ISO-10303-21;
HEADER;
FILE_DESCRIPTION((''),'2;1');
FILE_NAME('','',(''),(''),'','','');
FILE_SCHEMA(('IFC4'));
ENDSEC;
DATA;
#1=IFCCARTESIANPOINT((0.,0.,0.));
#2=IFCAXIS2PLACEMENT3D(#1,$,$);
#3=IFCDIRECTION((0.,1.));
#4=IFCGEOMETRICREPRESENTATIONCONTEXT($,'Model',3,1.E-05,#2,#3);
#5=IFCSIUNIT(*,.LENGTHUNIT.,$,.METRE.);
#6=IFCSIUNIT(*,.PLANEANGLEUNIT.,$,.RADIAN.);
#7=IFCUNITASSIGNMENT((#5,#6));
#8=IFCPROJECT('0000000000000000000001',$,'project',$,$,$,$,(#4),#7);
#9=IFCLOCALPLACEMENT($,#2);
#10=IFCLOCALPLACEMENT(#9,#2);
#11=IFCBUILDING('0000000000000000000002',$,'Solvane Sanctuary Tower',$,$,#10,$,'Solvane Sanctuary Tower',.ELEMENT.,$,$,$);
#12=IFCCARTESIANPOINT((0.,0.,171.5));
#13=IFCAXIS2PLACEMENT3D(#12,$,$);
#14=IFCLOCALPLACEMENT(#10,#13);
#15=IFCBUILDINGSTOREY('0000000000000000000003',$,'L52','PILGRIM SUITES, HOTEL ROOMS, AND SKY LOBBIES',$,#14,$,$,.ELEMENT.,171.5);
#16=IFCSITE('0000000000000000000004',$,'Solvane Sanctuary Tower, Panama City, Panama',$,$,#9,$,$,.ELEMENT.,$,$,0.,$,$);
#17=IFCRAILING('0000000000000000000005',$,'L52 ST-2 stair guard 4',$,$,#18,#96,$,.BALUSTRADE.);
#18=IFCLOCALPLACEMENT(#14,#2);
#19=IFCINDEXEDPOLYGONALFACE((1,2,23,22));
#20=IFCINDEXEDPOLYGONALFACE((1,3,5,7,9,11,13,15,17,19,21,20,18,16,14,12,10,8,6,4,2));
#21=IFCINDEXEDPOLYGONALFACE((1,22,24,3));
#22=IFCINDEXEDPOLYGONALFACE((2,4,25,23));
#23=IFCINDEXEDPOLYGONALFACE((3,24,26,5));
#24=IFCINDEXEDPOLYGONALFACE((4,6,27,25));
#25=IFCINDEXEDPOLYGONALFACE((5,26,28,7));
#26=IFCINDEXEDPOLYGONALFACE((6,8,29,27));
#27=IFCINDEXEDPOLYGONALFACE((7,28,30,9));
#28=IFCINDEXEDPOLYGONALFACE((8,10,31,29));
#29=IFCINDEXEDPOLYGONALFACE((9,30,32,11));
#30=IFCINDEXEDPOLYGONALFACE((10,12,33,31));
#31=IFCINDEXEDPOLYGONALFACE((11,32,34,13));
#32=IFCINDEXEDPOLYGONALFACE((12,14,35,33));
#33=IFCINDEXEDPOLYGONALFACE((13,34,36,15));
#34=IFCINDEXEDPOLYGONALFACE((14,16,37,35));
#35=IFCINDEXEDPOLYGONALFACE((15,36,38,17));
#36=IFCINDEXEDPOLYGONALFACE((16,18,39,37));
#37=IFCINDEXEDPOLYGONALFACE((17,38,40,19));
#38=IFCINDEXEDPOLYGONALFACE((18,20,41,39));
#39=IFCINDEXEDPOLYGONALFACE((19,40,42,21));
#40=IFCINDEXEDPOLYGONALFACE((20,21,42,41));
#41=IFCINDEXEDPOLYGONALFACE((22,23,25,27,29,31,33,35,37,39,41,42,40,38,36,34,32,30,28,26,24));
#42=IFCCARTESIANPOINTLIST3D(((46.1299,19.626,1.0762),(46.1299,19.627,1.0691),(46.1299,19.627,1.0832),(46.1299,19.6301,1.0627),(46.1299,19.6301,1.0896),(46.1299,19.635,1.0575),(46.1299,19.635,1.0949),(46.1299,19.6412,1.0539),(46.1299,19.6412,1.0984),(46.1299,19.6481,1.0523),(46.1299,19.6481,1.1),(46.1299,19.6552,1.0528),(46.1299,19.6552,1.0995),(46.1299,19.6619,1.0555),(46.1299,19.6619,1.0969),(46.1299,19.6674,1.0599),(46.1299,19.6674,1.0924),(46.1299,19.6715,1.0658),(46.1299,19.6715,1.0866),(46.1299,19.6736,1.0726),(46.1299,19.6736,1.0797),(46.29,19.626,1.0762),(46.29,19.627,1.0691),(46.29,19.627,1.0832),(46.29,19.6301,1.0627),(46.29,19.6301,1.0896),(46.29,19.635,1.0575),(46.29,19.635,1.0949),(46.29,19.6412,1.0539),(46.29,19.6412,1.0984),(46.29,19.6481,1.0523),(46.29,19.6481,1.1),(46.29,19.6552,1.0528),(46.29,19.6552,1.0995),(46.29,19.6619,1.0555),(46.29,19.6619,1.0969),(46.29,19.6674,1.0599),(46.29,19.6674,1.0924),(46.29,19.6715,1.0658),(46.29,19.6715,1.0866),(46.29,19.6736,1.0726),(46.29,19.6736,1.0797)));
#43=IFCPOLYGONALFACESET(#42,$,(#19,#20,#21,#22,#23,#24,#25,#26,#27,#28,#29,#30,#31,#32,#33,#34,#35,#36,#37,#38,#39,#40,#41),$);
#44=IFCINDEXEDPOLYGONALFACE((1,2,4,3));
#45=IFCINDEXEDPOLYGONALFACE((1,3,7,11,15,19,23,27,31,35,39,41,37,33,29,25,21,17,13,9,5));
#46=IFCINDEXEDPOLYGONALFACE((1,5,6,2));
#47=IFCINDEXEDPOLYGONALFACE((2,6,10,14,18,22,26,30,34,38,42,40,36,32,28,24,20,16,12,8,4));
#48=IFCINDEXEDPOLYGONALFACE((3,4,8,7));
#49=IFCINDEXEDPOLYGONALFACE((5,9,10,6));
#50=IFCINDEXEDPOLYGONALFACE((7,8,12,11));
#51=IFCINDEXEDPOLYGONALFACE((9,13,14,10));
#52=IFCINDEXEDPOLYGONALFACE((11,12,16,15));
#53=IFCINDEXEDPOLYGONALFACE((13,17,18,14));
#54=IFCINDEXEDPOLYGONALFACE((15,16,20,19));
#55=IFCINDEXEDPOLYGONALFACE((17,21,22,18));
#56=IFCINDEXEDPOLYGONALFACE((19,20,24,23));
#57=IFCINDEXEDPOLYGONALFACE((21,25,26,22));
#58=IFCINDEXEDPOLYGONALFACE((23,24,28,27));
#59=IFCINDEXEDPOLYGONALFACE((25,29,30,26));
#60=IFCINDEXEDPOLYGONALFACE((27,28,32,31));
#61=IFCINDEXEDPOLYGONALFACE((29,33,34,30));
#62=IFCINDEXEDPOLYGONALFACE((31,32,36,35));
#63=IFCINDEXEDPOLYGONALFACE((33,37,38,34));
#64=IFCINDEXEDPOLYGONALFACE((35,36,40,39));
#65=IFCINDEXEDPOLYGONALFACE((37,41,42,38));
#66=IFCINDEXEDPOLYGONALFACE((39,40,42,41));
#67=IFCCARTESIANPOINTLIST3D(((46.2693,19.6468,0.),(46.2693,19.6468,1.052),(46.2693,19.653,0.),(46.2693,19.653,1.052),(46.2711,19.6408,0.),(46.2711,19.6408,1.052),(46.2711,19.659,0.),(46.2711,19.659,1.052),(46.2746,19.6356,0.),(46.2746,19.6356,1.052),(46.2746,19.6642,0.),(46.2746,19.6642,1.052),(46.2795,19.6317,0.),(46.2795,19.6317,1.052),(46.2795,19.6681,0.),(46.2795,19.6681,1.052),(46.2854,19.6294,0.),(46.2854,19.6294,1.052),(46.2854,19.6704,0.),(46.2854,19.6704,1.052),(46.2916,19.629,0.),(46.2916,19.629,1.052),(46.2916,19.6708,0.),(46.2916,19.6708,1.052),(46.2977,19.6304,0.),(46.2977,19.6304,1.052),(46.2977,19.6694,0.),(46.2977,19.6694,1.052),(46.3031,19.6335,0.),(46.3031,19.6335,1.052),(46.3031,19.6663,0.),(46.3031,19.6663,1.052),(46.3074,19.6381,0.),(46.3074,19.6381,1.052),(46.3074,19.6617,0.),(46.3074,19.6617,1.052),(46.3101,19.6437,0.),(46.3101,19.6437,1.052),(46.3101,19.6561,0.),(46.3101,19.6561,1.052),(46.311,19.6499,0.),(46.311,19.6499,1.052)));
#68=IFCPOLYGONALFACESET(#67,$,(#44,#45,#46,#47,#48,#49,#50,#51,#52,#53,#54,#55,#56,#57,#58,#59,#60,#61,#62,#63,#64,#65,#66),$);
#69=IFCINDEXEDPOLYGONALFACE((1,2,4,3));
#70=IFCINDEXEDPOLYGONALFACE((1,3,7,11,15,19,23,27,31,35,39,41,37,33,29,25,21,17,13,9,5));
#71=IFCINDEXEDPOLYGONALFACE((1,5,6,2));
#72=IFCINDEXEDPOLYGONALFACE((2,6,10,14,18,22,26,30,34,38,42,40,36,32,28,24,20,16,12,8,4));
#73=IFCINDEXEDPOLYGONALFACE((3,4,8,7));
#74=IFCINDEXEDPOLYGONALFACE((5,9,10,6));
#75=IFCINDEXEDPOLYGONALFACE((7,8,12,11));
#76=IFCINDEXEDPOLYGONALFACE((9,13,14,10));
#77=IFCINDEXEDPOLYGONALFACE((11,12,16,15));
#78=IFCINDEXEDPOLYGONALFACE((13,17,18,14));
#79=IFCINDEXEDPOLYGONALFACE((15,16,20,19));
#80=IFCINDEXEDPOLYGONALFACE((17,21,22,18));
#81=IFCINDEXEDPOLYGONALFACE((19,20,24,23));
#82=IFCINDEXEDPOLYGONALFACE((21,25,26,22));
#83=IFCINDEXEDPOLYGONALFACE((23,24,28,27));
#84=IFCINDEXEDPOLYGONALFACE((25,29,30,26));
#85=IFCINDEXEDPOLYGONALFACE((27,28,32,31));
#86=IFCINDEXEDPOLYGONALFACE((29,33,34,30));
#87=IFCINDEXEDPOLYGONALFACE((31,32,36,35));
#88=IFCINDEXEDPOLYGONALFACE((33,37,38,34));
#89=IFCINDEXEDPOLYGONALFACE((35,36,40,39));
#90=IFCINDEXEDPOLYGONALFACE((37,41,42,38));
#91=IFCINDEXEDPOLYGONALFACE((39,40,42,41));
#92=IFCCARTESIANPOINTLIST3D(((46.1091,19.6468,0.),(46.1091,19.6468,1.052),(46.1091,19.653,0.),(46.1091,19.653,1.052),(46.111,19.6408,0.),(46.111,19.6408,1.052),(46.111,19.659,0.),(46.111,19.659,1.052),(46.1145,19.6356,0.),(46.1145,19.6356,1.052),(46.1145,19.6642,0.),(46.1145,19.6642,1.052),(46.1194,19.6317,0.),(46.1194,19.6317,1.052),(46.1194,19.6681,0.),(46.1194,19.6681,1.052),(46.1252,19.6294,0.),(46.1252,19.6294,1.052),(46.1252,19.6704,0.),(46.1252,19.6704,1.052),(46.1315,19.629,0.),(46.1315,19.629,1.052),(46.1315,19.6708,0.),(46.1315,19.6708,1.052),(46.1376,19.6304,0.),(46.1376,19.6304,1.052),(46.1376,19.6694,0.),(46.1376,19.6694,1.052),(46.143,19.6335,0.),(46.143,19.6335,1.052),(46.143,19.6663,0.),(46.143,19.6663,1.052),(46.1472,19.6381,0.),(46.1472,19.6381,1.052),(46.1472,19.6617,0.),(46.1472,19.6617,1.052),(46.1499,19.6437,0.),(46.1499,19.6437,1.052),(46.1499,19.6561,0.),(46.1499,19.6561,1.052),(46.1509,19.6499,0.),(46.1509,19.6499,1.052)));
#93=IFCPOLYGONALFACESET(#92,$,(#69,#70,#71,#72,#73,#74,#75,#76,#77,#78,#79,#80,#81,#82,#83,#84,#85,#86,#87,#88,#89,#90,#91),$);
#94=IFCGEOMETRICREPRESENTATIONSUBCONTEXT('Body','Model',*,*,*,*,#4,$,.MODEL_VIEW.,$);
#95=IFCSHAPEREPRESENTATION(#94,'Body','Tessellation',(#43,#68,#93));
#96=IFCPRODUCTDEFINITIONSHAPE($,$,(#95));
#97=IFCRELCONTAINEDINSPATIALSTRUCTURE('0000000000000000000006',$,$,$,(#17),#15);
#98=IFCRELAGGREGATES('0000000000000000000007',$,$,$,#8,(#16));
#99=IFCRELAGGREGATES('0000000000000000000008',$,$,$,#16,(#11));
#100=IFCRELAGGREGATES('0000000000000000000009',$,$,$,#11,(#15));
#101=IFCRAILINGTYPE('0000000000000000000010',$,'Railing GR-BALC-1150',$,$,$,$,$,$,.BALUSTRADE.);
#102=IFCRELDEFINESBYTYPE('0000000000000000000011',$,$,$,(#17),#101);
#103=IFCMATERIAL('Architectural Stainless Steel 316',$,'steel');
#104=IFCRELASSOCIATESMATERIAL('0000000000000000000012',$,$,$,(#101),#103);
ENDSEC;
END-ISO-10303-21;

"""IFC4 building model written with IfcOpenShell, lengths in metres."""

from ifc_helpers import new_model, si_unit, direction, frame, origin, origin_2d, place, context, subcontext, project, spatial, circle, extrude, material, type_object, element, save


model = new_model("IFC4")

# Units and contexts
model_context = context("Model", 3, precision=1e-05, world=origin(), true_north=direction((0.0, 1.0)))
body_context = subcontext(model_context, "Body", "Model", "MODEL_VIEW")
ifc_project = project(units=[si_unit("LENGTHUNIT", "METRE"), si_unit("PLANEANGLEUNIT", "RADIAN")], contexts=[model_context])

# Site, building, storey
site_placement = place(None, origin())
site = spatial("IfcSite", under=ifc_project, at=site_placement, Name="Solvane Sanctuary Tower, Panama City, Panama", CompositionType="ELEMENT", RefElevation=0.0)
building_placement = place(site_placement, origin())
building = spatial("IfcBuilding", under=site, at=building_placement, Name="Solvane Sanctuary Tower", LongName="Solvane Sanctuary Tower", CompositionType="ELEMENT")
storey_placement = place(building_placement, frame((0.0, 0.0, 171.5)))
storey = spatial("IfcBuildingStorey", under=building, at=storey_placement, Name="L52", Description="PILGRIM SUITES, HOTEL ROOMS, AND SKY LOBBIES", CompositionType="ELEMENT", Elevation=171.5)

# Shared definitions
ifc_material_1 = material(Name="Architectural Stainless Steel 316", Category="steel")

# Railing
railing_type_1 = type_object("IfcRailingType", Name="Railing GR-BALC-1150", PredefinedType="BALUSTRADE", material=ifc_material_1)
railing_1_placement = place(storey_placement, frame((46.29, 19.6499, 0.0)))
element("IfcRailing", 1, at=railing_1_placement, inside=storey, type_object=railing_type_1, Name="L52 ST-2 stair guard 4", PredefinedType="BALUSTRADE", context=body_context, shape_type="SweptSolid", body=[
    extrude(circle(Radius=0.0239, at=origin_2d()), frame((0.0, 0.0, 1.0762), z_axis=(-1.0, 0.0, 0.0), x_axis=(0.0, -1.0, 0.0)), (0.0, 0.0, 1.0), 0.1602),
    extrude(circle(Radius=0.021, at=origin_2d()), origin(), (0.0, 0.0, 1.0), 1.052),
    extrude(circle(Radius=0.021, at=origin_2d()), frame((-0.1602, 0.0, 0.0)), (0.0, 0.0, 1.0), 1.052),
])

save(model, "model.ifc")
